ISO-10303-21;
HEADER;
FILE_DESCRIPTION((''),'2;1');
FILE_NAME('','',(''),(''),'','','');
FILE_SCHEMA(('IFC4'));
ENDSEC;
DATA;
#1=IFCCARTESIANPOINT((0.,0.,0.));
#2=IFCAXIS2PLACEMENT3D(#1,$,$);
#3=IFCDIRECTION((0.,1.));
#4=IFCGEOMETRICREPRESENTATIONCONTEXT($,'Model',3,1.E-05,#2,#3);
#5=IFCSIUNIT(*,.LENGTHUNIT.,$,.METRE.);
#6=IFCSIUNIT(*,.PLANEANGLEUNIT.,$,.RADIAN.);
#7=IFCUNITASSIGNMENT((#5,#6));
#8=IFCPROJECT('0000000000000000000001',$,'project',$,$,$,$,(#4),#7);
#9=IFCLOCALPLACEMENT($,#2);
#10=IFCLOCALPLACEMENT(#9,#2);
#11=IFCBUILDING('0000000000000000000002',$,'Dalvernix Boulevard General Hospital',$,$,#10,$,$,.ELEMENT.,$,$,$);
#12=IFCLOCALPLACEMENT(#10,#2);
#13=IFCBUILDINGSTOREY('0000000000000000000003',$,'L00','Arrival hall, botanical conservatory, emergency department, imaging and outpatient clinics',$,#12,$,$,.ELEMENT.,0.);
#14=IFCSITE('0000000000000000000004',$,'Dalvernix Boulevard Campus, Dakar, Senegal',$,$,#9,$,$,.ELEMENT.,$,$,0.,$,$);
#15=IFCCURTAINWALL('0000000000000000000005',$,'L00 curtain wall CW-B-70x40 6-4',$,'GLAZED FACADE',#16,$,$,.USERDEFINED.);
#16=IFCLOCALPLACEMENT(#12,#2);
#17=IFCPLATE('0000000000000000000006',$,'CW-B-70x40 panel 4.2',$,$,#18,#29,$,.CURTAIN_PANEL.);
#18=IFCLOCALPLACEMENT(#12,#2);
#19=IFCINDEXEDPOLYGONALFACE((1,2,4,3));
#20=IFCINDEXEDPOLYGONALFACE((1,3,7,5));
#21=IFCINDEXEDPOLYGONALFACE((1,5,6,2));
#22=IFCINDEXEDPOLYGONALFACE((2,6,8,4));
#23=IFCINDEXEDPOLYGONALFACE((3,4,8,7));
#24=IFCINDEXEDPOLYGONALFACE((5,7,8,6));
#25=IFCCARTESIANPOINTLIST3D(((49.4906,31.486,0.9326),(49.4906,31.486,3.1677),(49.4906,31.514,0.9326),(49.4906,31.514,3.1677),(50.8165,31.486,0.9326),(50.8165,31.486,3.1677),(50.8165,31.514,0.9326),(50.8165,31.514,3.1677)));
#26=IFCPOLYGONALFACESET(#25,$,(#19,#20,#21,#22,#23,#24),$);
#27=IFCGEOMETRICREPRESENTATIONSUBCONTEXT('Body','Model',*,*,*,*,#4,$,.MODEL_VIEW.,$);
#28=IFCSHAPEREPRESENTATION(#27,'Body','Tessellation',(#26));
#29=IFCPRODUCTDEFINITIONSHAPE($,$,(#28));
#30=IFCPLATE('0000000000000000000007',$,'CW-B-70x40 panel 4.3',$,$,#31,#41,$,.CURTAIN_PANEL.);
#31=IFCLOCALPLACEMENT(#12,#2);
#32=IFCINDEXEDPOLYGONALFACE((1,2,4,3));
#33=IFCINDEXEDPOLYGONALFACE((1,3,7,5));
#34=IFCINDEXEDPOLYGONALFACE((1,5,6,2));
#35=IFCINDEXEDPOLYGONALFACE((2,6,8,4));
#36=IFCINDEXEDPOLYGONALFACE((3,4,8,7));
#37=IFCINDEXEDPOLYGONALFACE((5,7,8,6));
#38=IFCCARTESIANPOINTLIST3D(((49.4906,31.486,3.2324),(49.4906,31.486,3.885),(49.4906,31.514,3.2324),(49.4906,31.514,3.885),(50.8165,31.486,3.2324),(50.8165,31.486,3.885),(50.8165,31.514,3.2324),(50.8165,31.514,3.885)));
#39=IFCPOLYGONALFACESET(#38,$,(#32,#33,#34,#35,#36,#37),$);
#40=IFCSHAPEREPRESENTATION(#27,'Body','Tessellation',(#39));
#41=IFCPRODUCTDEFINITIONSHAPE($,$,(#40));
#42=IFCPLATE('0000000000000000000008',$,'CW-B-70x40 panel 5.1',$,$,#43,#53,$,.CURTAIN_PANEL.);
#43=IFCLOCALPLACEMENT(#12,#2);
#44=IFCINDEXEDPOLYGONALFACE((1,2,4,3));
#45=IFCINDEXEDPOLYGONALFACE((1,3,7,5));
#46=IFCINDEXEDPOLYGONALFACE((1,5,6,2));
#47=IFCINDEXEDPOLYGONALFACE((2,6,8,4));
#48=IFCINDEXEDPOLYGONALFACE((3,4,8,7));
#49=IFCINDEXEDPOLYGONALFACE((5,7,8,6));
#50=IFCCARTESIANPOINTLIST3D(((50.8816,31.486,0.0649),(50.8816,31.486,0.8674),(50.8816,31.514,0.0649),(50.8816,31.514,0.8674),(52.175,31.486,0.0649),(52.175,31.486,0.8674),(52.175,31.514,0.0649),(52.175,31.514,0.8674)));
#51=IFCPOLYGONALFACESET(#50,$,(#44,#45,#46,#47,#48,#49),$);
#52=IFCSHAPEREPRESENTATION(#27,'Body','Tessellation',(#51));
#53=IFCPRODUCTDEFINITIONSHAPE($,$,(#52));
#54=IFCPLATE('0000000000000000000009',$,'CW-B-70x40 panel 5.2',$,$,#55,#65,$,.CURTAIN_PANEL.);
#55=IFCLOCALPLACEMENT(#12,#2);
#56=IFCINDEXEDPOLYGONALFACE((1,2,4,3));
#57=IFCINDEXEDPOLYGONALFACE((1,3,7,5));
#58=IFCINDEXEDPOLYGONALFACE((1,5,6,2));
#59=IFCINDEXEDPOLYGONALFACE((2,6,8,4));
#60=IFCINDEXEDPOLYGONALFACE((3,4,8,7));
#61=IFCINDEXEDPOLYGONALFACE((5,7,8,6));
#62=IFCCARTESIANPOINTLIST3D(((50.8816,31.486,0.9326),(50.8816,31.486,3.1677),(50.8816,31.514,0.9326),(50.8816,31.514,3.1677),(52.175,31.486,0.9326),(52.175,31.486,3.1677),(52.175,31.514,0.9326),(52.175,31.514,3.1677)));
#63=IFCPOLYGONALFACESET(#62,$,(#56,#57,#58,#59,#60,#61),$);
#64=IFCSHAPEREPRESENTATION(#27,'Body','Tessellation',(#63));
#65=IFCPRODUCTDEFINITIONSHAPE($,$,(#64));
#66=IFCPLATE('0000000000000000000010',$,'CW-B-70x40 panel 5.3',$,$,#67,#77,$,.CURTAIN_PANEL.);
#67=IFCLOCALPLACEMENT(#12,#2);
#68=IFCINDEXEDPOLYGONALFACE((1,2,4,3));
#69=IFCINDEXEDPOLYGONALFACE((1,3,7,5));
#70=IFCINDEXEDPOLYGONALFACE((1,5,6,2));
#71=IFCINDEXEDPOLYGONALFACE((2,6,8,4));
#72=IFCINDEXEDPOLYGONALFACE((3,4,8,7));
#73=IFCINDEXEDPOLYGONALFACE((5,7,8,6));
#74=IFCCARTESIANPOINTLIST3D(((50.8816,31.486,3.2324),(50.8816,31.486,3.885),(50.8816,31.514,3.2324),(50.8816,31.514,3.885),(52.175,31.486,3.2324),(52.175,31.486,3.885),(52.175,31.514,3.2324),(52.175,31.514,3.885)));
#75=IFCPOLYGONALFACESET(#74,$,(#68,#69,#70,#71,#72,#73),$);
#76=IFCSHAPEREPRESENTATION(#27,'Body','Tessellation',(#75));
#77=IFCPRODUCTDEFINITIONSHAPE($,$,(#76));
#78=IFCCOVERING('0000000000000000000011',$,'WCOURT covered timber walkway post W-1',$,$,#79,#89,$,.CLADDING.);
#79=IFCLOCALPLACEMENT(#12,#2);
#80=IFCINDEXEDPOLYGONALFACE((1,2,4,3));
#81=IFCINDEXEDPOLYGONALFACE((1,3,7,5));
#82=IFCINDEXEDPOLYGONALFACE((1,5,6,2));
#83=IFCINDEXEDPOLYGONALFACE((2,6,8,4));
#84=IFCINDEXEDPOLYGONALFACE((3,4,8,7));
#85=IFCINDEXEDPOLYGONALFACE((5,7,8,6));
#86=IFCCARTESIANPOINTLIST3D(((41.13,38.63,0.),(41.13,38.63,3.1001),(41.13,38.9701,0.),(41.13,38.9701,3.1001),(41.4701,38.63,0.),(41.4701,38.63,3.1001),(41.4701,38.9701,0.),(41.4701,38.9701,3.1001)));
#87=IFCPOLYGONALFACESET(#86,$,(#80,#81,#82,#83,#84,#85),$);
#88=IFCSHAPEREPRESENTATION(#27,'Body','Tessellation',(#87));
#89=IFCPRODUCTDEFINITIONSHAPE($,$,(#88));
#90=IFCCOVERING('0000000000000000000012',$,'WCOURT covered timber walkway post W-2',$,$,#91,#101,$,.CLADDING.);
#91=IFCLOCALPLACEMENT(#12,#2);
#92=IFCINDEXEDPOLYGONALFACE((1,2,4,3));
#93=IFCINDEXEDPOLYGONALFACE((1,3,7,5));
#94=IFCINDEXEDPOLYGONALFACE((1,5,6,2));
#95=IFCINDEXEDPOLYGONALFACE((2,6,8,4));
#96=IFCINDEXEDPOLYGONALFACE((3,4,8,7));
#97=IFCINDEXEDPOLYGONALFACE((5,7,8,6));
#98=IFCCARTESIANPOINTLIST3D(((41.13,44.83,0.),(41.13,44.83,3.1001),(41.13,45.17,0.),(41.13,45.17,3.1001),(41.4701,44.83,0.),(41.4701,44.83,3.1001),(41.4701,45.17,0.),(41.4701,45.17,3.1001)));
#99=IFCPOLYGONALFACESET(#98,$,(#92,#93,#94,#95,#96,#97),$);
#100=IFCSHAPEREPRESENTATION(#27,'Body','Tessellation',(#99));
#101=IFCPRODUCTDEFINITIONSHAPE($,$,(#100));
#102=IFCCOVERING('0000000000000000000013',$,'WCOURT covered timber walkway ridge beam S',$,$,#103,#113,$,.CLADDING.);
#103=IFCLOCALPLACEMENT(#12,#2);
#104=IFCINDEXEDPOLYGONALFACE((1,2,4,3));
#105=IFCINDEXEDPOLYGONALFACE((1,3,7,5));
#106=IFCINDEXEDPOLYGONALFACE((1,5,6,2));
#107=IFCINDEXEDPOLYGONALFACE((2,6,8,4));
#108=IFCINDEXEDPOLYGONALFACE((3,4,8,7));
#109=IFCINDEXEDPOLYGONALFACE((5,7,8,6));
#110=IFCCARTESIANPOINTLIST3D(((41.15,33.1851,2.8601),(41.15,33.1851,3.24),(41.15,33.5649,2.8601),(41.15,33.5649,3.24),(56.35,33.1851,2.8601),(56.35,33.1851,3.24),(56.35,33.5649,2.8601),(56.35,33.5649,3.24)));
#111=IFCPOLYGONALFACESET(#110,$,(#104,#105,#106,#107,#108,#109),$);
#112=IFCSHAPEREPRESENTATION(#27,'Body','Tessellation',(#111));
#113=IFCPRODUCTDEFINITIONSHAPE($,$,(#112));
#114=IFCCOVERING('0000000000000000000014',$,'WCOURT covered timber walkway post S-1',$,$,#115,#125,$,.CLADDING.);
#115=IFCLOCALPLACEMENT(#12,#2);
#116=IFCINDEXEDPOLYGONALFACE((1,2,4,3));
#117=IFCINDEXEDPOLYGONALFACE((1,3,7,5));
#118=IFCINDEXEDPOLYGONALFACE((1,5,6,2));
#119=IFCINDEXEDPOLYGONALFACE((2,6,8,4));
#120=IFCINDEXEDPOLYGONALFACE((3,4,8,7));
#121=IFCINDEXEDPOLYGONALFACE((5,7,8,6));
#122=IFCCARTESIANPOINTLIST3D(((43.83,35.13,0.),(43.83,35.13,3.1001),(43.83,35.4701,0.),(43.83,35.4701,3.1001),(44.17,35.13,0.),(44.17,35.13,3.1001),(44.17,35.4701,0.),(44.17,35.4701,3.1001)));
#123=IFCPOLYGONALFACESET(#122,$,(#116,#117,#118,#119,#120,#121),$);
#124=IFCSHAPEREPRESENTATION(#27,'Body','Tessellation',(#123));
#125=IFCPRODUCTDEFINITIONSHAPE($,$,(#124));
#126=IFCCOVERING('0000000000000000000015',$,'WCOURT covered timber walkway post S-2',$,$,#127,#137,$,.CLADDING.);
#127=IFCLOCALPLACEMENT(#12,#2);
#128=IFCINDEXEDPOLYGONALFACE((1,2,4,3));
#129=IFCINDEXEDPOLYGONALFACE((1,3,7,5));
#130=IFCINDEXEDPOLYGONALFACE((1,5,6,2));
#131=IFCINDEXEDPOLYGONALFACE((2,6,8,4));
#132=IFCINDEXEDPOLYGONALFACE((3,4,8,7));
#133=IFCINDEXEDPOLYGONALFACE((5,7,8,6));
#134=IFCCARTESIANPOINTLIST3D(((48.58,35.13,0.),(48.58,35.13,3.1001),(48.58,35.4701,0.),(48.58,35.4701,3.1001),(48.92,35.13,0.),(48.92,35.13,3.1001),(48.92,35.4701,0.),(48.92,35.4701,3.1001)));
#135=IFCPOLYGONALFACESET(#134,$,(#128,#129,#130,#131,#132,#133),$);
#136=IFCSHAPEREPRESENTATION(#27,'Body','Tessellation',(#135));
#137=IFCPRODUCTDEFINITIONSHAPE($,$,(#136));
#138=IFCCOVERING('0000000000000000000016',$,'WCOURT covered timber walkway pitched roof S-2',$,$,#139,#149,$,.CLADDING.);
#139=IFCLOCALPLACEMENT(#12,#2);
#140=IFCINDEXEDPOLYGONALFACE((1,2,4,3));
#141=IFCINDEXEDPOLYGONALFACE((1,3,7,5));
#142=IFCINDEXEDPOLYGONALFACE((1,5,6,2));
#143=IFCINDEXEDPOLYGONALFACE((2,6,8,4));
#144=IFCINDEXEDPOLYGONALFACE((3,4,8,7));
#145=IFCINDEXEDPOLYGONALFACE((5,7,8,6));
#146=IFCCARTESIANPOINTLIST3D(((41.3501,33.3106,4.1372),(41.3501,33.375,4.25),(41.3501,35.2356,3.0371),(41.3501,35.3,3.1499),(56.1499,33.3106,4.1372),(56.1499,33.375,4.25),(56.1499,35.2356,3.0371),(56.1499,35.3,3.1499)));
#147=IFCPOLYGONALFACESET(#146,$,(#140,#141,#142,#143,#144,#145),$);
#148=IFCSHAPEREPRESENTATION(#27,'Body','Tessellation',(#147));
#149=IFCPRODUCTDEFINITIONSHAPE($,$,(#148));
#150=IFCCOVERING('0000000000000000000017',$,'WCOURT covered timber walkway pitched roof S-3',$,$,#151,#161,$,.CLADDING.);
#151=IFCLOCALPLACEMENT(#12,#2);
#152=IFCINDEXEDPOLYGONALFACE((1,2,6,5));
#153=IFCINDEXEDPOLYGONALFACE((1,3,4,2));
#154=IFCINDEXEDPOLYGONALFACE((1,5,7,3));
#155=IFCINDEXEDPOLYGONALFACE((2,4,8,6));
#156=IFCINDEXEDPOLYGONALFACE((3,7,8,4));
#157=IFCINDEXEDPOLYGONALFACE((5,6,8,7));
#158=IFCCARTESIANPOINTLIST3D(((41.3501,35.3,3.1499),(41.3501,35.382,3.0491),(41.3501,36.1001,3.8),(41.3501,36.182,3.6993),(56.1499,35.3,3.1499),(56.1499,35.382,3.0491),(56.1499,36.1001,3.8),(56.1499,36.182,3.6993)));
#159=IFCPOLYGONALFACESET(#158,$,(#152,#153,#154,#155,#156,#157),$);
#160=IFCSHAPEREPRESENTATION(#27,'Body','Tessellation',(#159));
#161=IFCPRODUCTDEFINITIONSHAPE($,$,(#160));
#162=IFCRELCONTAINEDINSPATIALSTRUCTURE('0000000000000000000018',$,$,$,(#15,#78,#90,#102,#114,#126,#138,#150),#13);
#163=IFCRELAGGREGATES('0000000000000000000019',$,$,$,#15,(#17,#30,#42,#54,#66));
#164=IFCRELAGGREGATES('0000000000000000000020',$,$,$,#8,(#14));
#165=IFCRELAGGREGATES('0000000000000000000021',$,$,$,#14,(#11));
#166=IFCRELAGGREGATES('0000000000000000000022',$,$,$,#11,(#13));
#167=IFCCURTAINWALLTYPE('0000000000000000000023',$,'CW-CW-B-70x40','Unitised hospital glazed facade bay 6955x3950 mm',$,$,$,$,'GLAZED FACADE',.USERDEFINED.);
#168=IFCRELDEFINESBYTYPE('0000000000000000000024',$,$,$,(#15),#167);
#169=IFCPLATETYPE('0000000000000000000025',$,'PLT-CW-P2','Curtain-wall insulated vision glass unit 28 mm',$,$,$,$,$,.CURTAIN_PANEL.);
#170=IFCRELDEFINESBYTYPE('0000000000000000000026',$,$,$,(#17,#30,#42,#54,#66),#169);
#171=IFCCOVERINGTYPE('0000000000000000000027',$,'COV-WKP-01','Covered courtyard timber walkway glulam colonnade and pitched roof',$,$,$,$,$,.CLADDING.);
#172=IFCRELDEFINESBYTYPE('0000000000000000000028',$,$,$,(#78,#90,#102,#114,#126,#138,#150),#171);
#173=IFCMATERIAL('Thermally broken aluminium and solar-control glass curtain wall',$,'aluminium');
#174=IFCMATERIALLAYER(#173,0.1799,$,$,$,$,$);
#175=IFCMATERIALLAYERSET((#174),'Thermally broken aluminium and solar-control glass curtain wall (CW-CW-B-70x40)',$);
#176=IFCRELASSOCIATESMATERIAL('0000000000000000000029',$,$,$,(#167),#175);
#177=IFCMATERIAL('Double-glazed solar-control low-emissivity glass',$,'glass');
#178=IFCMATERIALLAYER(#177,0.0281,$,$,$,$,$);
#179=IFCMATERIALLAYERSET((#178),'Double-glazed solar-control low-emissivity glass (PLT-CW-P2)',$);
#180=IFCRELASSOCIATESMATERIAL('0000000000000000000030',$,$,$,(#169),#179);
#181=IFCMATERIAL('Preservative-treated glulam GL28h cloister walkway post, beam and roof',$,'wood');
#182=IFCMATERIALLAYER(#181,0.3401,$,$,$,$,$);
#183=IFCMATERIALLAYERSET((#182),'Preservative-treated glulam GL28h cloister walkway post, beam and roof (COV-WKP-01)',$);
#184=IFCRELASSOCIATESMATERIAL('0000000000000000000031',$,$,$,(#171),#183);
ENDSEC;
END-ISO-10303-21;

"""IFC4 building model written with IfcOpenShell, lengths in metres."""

from ifc_helpers import new_model, si_unit, direction, frame, origin, origin_2d, place, context, subcontext, project, spatial, polyline, rectangle, outline, extrude, material, layer, layer_set, type_object, element, aggregate, save


model = new_model("IFC4")

# Units and contexts
model_context = context("Model", 3, precision=1e-05, world=origin(), true_north=direction((0.0, 1.0)))
body_context = subcontext(model_context, "Body", "Model", "MODEL_VIEW")
ifc_project = project(units=[si_unit("LENGTHUNIT", "METRE"), si_unit("PLANEANGLEUNIT", "RADIAN")], contexts=[model_context])

# Site, building, storey
site_placement = place(None, origin())
site = spatial("IfcSite", under=ifc_project, at=site_placement, Name="Dalvernix Boulevard Campus, Dakar, Senegal", CompositionType="ELEMENT", RefElevation=0.0)
building_placement = place(site_placement, origin())
building = spatial("IfcBuilding", under=site, at=building_placement, Name="Dalvernix Boulevard General Hospital", CompositionType="ELEMENT")
storey_placement = place(building_placement, origin())
storey = spatial("IfcBuildingStorey", under=building, at=storey_placement, Name="L00", Description="Arrival hall, botanical conservatory, emergency department, imaging and outpatient clinics", CompositionType="ELEMENT", Elevation=0.0)

# Curtain wall, plates
ifc_material_1 = material(Name="Thermally broken aluminium and solar-control glass curtain wall", Category="aluminium")
ifc_layer_1 = layer(ifc_material_1, 0.1799)
ifc_layer_set_1 = layer_set([ifc_layer_1], Name="Thermally broken aluminium and solar-control glass curtain wall (CW-CW-B-70x40)")
curtain_wall_type = type_object("IfcCurtainWallType", Name="CW-CW-B-70x40", Description="Unitised hospital glazed facade bay 6955x3950 mm", ElementType="GLAZED FACADE", PredefinedType="USERDEFINED", material=ifc_layer_set_1)
curtain_wall_placement = place(storey_placement, origin())
curtain_wall = element("IfcCurtainWall", 1, at=curtain_wall_placement, inside=storey, type_object=curtain_wall_type, Name="L00 curtain wall CW-B-70x40 6-4", ObjectType="GLAZED FACADE", PredefinedType="USERDEFINED")
ifc_material_2 = material(Name="Double-glazed solar-control low-emissivity glass", Category="glass")
ifc_layer_2 = layer(ifc_material_2, 0.0281)
ifc_layer_set_2 = layer_set([ifc_layer_2], Name="Double-glazed solar-control low-emissivity glass (PLT-CW-P2)")
plate_type = type_object("IfcPlateType", Name="PLT-CW-P2", Description="Curtain-wall insulated vision glass unit 28 mm", PredefinedType="CURTAIN_PANEL", material=ifc_layer_set_2)
plate_1_placement = place(storey_placement, frame((50.1536, 31.5, 0.9326), z_axis=(0.0, 0.0, 1.0), x_axis=(1.0, 0.0, 0.0)))
plate_1 = element("IfcPlate", 2, at=plate_1_placement, type_object=plate_type, Name="CW-B-70x40 panel 4.2", PredefinedType="CURTAIN_PANEL", context=body_context, shape_type="SweptSolid", body=[
    extrude(rectangle(XDim=1.3259, YDim=0.0281, at=origin_2d()), origin(), (0.0, 0.0, 1.0), 2.2351),
])
plate_2_placement = place(storey_placement, frame((50.1536, 31.5, 3.2324), z_axis=(0.0, 0.0, 1.0), x_axis=(1.0, 0.0, 0.0)))
plate_2 = element("IfcPlate", 3, at=plate_2_placement, type_object=plate_type, Name="CW-B-70x40 panel 4.3", PredefinedType="CURTAIN_PANEL", context=body_context, shape_type="SweptSolid", body=[
    extrude(rectangle(XDim=1.3259, YDim=0.0281, at=origin_2d()), origin(), (0.0, 0.0, 1.0), 0.6526),
])
plate_3_placement = place(storey_placement, frame((51.5283, 31.5, 0.0649), z_axis=(0.0, 0.0, 1.0), x_axis=(1.0, 0.0, 0.0)))
plate_3 = element("IfcPlate", 4, at=plate_3_placement, type_object=plate_type, Name="CW-B-70x40 panel 5.1", PredefinedType="CURTAIN_PANEL", context=body_context, shape_type="SweptSolid", body=[
    extrude(rectangle(XDim=1.2935, YDim=0.0281, at=origin_2d()), origin(), (0.0, 0.0, 1.0), 0.8025),
])
plate_4_placement = place(storey_placement, frame((51.5283, 31.5, 0.9326), z_axis=(0.0, 0.0, 1.0), x_axis=(1.0, 0.0, 0.0)))
plate_4 = element("IfcPlate", 5, at=plate_4_placement, type_object=plate_type, Name="CW-B-70x40 panel 5.2", PredefinedType="CURTAIN_PANEL", context=body_context, shape_type="SweptSolid", body=[
    extrude(rectangle(XDim=1.2935, YDim=0.0281, at=origin_2d()), origin(), (0.0, 0.0, 1.0), 2.2351),
])
plate_5_placement = place(storey_placement, frame((51.5283, 31.5, 3.2324), z_axis=(0.0, 0.0, 1.0), x_axis=(1.0, 0.0, 0.0)))
plate_5 = element("IfcPlate", 6, at=plate_5_placement, type_object=plate_type, Name="CW-B-70x40 panel 5.3", PredefinedType="CURTAIN_PANEL", context=body_context, shape_type="SweptSolid", body=[
    extrude(rectangle(XDim=1.2935, YDim=0.0281, at=origin_2d()), origin(), (0.0, 0.0, 1.0), 0.6526),
])
aggregate(curtain_wall, [plate_1, plate_2, plate_3, plate_4, plate_5])

# Coverings
ifc_material_3 = material(Name="Preservative-treated glulam GL28h cloister walkway post, beam and roof", Category="wood")
ifc_layer_3 = layer(ifc_material_3, 0.3401)
ifc_layer_set_3 = layer_set([ifc_layer_3], Name="Preservative-treated glulam GL28h cloister walkway post, beam and roof (COV-WKP-01)")
covering_type = type_object("IfcCoveringType", Name="COV-WKP-01", Description="Covered courtyard timber walkway glulam colonnade and pitched roof", PredefinedType="CLADDING", material=ifc_layer_set_3)
for number, where, z_axis, x_axis, name in (
    (7, (41.3, 38.8, 0.0), (0.0, 0.0, 1.0), (1.0, 0.0, 0.0), "WCOURT covered timber walkway post W-1"),
    (8, (41.3, 45.0, 0.0), (0.0, 0.0, 1.0), (1.0, 0.0, 0.0), "WCOURT covered timber walkway post W-2"),
):
    element("IfcCovering", number, at=place(storey_placement, frame(where, z_axis=z_axis, x_axis=x_axis)), inside=storey, type_object=covering_type, Name=name, PredefinedType="CLADDING", context=body_context, shape_type="SweptSolid", body=[
        extrude(rectangle(XDim=0.3401, YDim=0.3401, at=origin_2d()), origin(), (0.0, 0.0, 1.0), 3.1001),
    ])
covering_1_placement = place(storey_placement, frame((48.75, 33.375, 2.8601), z_axis=(0.0, 0.0, 1.0), x_axis=(1.0, 0.0, 0.0)))
element("IfcCovering", 9, at=covering_1_placement, inside=storey, type_object=covering_type, Name="WCOURT covered timber walkway ridge beam S", PredefinedType="CLADDING", context=body_context, shape_type="SweptSolid", body=[
    extrude(rectangle(XDim=15.2, YDim=0.3799, at=origin_2d()), origin(), (0.0, 0.0, 1.0), 0.3799),
])
for number, where, z_axis, x_axis, name in (
    (10, (44.0, 35.3, 0.0), (0.0, 0.0, 1.0), (1.0, 0.0, 0.0), "WCOURT covered timber walkway post S-1"),
    (11, (48.75, 35.3, 0.0), (0.0, 0.0, 1.0), (1.0, 0.0, 0.0), "WCOURT covered timber walkway post S-2"),
):
    element("IfcCovering", number, at=place(storey_placement, frame(where, z_axis=z_axis, x_axis=x_axis)), inside=storey, type_object=covering_type, Name=name, PredefinedType="CLADDING", context=body_context, shape_type="SweptSolid", body=[
        extrude(rectangle(XDim=0.3401, YDim=0.3401, at=origin_2d()), origin(), (0.0, 0.0, 1.0), 3.1001),
    ])
covering_2_placement = place(storey_placement, frame((41.3501, 33.375, 4.25), z_axis=(0.0, 0.496163, 0.86823), x_axis=(1.0, 0.0, 0.0)))
element("IfcCovering", 12, at=covering_2_placement, inside=storey, type_object=covering_type, Name="WCOURT covered timber walkway pitched roof S-2", PredefinedType="CLADDING", context=body_context, shape_type="SweptSolid", body=[
    extrude(outline(polyline([(0.0, 0.0), (14.7998, 0.0), (14.7998, 2.2172), (0.0, 2.2172), (0.0, 0.0)])), origin(), (0.0, 0.0, -1.0), 0.1299),
])
covering_3_placement = place(storey_placement, frame((41.3501, 35.3, 3.1499), z_axis=(0.0, -0.630655, 0.776063), x_axis=(1.0, 0.0, 0.0)))
element("IfcCovering", 13, at=covering_3_placement, inside=storey, type_object=covering_type, Name="WCOURT covered timber walkway pitched roof S-3", PredefinedType="CLADDING", context=body_context, shape_type="SweptSolid", body=[
    extrude(outline(polyline([(0.0, 0.0), (14.7998, 0.0), (14.7998, 1.0309), (0.0, 1.0309), (0.0, 0.0)])), origin(), (0.0, 0.0, -1.0), 0.1299),
])

save(model, "model.ifc")
